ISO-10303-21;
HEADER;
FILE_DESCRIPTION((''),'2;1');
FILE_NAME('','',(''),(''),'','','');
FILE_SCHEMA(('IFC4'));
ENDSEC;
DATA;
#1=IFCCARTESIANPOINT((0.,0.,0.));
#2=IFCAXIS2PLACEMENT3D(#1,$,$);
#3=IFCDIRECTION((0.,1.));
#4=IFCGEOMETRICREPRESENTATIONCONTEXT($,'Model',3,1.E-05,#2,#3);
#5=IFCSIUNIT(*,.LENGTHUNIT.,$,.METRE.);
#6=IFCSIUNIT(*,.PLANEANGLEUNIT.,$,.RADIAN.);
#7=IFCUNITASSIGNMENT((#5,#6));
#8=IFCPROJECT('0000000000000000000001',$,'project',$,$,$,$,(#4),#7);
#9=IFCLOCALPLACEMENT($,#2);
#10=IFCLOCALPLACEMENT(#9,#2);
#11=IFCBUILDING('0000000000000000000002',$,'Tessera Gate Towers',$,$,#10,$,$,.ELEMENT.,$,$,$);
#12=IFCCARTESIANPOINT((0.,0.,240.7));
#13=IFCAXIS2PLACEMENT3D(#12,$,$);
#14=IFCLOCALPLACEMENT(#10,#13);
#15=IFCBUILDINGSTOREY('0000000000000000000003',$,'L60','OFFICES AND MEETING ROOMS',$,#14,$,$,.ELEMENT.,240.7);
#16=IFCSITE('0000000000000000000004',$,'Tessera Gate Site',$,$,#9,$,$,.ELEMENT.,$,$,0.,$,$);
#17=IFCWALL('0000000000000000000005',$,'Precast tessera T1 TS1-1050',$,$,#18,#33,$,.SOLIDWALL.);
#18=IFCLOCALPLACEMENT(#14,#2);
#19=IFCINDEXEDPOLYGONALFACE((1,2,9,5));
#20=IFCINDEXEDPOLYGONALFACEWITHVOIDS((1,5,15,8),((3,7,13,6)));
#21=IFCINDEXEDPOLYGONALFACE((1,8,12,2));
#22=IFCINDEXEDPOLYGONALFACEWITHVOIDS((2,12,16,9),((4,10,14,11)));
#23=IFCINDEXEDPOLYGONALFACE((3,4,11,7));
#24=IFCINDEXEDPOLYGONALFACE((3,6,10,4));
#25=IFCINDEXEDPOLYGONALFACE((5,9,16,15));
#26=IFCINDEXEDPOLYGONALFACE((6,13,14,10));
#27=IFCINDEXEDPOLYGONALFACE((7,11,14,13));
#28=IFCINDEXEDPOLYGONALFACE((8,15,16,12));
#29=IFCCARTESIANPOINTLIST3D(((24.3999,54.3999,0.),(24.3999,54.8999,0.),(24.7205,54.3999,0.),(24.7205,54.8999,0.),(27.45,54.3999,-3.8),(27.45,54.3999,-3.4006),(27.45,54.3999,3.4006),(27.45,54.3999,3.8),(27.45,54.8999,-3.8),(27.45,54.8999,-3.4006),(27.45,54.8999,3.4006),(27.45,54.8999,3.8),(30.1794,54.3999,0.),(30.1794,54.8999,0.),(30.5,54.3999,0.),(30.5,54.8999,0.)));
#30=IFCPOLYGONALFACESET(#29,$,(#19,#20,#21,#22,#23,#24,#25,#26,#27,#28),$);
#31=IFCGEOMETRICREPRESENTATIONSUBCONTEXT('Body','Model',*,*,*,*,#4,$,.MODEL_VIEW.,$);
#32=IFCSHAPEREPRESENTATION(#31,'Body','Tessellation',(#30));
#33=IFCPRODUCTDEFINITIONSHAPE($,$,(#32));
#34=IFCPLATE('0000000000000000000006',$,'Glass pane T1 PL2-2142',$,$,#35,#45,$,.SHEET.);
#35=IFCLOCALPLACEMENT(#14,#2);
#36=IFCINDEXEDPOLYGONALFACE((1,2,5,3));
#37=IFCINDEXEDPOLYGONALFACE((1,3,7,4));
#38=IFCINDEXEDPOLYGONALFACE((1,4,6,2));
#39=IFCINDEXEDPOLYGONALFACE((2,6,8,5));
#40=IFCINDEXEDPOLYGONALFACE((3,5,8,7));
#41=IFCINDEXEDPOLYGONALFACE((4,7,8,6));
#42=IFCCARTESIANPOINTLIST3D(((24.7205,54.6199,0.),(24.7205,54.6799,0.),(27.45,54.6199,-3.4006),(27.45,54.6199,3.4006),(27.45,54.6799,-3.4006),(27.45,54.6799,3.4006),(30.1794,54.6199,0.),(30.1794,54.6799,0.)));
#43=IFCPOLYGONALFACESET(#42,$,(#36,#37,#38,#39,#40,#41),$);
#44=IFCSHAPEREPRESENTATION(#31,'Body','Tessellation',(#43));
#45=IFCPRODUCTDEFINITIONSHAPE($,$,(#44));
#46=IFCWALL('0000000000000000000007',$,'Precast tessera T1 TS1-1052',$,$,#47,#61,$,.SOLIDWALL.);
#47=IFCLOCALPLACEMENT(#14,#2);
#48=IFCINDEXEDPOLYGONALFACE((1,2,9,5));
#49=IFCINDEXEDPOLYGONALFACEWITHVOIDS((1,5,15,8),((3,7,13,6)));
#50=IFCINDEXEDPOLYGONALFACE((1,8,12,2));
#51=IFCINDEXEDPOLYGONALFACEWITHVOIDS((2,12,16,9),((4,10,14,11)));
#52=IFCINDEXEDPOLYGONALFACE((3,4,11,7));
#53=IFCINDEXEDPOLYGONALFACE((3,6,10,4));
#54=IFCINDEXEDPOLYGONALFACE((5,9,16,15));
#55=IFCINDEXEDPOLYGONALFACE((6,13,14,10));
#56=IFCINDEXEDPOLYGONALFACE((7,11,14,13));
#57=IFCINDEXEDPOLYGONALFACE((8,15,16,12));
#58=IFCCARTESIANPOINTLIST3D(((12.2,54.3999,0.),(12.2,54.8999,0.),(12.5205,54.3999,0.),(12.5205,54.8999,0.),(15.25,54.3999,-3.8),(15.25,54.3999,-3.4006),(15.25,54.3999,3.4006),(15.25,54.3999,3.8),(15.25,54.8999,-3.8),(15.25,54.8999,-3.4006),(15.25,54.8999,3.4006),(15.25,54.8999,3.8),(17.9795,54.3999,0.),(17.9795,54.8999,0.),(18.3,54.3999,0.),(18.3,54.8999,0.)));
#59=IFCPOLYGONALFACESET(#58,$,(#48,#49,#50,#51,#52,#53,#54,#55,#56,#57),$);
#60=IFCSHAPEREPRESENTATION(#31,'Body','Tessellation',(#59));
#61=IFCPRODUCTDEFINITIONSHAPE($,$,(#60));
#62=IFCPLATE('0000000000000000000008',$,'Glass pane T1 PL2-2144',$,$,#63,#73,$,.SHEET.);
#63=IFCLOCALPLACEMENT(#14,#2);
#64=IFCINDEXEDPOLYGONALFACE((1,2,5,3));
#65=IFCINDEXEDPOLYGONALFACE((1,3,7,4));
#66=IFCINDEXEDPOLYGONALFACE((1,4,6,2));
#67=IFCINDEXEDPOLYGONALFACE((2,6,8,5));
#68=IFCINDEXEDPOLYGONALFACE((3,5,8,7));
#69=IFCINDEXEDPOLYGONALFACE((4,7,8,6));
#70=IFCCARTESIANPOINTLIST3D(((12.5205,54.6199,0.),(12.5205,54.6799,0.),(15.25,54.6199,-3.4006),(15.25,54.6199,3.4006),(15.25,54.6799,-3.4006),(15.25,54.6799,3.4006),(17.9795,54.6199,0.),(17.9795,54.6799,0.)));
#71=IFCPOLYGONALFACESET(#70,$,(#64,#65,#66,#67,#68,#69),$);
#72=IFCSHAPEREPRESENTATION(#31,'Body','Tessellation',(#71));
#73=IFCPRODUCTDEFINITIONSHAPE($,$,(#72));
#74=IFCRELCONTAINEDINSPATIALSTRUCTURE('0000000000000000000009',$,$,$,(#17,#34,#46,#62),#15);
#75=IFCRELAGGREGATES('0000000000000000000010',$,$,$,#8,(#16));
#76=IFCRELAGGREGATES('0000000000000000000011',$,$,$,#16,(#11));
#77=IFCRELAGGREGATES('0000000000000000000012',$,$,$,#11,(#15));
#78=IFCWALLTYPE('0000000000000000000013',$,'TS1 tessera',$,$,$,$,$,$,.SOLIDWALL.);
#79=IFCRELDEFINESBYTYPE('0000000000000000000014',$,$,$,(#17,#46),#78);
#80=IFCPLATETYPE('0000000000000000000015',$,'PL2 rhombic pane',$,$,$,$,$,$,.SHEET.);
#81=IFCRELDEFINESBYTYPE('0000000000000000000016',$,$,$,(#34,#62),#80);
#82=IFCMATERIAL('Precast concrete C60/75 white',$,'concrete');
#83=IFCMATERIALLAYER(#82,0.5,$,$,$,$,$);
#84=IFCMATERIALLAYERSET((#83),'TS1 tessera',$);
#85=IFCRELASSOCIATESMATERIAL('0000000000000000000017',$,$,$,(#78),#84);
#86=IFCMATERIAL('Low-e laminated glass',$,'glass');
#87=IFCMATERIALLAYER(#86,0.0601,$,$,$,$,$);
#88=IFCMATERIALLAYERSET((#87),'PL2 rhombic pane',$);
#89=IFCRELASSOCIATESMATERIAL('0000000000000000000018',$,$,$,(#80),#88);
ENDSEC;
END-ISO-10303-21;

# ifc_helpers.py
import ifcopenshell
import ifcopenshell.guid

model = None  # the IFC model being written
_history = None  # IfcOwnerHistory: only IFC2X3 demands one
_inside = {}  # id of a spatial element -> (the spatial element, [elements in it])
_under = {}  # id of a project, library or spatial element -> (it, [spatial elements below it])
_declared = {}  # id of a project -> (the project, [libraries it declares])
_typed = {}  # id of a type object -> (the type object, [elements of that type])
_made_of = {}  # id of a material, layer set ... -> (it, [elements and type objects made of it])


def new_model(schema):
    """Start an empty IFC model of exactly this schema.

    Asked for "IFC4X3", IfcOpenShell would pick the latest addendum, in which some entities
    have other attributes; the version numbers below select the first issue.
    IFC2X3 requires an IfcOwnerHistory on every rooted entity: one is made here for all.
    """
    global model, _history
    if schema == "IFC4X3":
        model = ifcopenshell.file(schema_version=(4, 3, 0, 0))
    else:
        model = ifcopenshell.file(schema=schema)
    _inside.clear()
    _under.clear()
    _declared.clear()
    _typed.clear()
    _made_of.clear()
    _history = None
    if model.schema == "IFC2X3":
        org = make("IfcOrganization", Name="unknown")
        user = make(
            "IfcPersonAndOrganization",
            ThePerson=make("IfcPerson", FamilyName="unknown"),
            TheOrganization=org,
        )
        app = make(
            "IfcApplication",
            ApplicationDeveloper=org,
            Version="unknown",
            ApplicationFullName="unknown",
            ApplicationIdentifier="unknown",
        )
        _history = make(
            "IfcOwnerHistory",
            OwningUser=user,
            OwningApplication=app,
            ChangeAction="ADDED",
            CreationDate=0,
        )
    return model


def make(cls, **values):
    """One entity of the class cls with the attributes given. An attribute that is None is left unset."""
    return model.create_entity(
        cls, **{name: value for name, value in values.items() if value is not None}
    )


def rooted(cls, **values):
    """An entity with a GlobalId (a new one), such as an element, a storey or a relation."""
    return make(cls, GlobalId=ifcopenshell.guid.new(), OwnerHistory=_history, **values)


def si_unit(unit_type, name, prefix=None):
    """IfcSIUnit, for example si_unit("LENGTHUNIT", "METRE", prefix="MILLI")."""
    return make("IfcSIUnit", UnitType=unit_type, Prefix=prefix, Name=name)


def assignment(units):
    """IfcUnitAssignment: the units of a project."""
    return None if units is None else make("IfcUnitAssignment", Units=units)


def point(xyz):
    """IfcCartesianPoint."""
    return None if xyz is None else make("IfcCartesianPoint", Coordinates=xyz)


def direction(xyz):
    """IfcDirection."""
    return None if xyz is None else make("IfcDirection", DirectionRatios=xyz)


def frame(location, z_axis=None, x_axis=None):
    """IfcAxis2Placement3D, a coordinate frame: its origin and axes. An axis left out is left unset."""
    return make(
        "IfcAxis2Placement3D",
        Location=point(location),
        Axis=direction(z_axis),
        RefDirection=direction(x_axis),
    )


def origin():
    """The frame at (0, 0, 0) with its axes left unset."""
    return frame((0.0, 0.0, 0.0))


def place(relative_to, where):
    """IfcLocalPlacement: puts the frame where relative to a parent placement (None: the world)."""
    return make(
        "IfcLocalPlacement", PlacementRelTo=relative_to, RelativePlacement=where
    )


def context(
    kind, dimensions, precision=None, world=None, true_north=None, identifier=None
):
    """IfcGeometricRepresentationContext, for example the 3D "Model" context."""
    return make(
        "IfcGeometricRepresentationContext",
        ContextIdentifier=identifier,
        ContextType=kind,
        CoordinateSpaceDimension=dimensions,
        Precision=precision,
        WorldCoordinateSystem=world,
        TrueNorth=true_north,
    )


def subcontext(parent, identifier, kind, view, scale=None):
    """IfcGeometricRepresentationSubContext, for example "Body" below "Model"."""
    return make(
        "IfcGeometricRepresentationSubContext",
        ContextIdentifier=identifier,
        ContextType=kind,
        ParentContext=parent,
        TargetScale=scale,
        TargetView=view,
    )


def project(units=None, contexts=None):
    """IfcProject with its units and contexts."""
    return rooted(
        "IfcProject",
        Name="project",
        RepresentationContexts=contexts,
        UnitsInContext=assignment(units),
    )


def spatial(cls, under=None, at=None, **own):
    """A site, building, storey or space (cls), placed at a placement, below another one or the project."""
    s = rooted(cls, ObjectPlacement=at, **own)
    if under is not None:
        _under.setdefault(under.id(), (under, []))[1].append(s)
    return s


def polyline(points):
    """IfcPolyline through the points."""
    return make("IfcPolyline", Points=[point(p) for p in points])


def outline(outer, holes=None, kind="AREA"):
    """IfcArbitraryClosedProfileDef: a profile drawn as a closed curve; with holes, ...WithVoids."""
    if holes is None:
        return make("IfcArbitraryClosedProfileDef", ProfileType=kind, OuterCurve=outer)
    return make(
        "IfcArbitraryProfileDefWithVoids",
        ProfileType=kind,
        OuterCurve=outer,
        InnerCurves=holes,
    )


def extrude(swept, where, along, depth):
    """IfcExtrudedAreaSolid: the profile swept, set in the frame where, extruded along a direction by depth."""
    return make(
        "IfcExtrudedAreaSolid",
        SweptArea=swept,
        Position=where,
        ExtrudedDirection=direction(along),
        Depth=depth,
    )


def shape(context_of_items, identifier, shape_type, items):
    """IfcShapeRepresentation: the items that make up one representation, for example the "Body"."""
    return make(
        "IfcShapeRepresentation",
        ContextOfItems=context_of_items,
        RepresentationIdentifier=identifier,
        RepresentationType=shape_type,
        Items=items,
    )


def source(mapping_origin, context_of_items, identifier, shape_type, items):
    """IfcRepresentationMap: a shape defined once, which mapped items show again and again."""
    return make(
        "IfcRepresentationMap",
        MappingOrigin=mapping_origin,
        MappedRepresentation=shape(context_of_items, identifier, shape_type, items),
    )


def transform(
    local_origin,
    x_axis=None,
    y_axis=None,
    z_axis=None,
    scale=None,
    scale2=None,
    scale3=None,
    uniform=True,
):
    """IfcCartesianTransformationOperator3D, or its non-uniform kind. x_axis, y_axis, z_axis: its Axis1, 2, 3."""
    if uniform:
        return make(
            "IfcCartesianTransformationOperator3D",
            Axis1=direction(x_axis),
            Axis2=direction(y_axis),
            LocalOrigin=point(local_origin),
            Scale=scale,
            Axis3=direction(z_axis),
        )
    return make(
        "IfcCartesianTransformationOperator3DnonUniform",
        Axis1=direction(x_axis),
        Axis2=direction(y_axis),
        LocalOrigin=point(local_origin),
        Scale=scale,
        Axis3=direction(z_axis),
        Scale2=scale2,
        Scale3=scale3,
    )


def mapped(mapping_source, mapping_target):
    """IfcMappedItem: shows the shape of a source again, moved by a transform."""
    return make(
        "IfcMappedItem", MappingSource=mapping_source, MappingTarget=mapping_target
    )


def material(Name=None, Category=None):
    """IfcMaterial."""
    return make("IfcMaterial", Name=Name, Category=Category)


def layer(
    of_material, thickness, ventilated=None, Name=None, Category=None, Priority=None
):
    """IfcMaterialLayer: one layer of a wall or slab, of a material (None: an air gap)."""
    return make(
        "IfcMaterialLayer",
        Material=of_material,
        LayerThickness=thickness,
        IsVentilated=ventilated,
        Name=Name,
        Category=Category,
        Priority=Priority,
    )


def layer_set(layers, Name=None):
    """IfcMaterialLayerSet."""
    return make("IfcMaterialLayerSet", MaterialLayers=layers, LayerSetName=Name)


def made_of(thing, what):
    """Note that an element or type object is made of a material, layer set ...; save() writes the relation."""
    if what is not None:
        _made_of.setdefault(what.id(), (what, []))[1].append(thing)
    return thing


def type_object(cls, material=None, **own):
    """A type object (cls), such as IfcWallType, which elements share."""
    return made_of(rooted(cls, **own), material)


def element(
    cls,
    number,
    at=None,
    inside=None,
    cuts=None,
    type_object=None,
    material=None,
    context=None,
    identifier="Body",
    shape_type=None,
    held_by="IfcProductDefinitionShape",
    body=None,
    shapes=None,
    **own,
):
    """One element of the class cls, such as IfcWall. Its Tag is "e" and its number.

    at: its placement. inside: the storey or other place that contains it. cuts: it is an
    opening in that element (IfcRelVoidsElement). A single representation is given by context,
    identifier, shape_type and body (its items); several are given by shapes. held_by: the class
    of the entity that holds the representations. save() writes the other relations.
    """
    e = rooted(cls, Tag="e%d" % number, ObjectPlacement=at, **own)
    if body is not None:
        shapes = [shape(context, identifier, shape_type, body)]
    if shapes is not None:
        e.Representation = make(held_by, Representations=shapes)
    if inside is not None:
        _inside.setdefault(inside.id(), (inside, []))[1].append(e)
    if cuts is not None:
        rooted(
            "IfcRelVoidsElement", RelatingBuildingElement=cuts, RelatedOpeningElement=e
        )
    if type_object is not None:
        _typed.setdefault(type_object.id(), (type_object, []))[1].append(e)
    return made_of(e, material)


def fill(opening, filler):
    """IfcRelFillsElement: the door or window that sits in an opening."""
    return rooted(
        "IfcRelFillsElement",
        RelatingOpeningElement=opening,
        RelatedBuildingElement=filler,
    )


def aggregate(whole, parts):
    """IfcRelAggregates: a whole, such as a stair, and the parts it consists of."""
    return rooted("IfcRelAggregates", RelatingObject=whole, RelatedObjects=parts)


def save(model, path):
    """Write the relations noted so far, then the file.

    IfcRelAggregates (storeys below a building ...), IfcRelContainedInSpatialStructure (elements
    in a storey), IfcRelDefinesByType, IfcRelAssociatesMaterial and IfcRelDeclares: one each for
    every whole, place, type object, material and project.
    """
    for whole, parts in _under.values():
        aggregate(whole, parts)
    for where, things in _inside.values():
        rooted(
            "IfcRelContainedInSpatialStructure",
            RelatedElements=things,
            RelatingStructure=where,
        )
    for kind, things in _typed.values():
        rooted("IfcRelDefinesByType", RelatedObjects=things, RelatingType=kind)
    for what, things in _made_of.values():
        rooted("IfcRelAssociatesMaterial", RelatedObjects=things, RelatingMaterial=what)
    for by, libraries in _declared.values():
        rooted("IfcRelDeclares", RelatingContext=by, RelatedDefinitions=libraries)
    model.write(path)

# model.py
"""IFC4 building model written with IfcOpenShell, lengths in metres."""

from ifc_helpers import new_model, si_unit, direction, frame, origin, place, context, subcontext, project, spatial, polyline, outline, extrude, source, transform, mapped, material, layer, layer_set, type_object, element, fill, save


model = new_model("IFC4")

# Units and contexts
model_context = context("Model", 3, precision=1e-05, world=origin(), true_north=direction((0.0, 1.0)))
body_context = subcontext(model_context, "Body", "Model", "MODEL_VIEW")
ifc_project = project(units=[si_unit("LENGTHUNIT", "METRE"), si_unit("PLANEANGLEUNIT", "RADIAN")], contexts=[model_context])

# Site, building, storey
site_placement = place(None, origin())
site = spatial("IfcSite", under=ifc_project, at=site_placement, Name="Tessera Gate Site", CompositionType="ELEMENT", RefElevation=0.0)
building_placement = place(site_placement, origin())
building = spatial("IfcBuilding", under=site, at=building_placement, Name="Tessera Gate Towers", CompositionType="ELEMENT")
storey_placement = place(building_placement, frame((0.0, 0.0, 240.7)))
storey = spatial("IfcBuildingStorey", under=building, at=storey_placement, Name="L60", Description="OFFICES AND MEETING ROOMS", CompositionType="ELEMENT", Elevation=240.7)

# Walls, openings, plates
ifc_material_1 = material(Name="Precast concrete C60/75 white", Category="concrete")
ifc_layer_1 = layer(ifc_material_1, 0.5)
ifc_layer_set_1 = layer_set([ifc_layer_1], Name="TS1 tessera")
wall_type_1 = type_object("IfcWallType", Name="TS1 tessera", PredefinedType="SOLIDWALL", material=ifc_layer_set_1)
shared_shape_1 = source(origin(), body_context, "Body", "SweptSolid", [
    extrude(outline(polyline([(3.05, 0.0), (6.1001, 3.8), (3.05, 7.6001), (0.0, 3.8), (3.05, 0.0)])), frame((0.0, 0.25, 0.0), z_axis=(0.0, -1.0, 0.0), x_axis=(1.0, 0.0, 0.0)), (0.0, 0.0, 1.0), 0.5),
])
wall_1_placement = place(storey_placement, frame((30.5, 54.6499, -3.8), z_axis=(0.0, 0.0, 1.0), x_axis=(-1.0, 0.0, 0.0)))
wall_1 = element("IfcWall", 1, at=wall_1_placement, inside=storey, type_object=wall_type_1, Name="Precast tessera T1 TS1-1050", PredefinedType="SOLIDWALL", context=body_context, shape_type="MappedRepresentation", body=[
    mapped(shared_shape_1, transform((0.0, 0.0, 0.0), scale=1.0)),
])
shared_shape_2 = source(origin(), body_context, "Body", "SweptSolid", [
    extrude(outline(polyline([(3.05, 0.3994), (5.7795, 3.8), (3.05, 7.2007), (0.3206, 3.8), (3.05, 0.3994)])), frame((0.0, 0.26, 0.0), z_axis=(0.0, -1.0, 0.0), x_axis=(1.0, 0.0, 0.0)), (0.0, 0.0, 1.0), 0.52),
])
opening_1_placement = place(wall_1_placement, origin())
opening_1 = element("IfcOpeningElement", 2, at=opening_1_placement, cuts=wall_1, PredefinedType="OPENING", context=body_context, shape_type="MappedRepresentation", body=[
    mapped(shared_shape_2, transform((0.0, 0.0, 0.0), scale=1.0)),
])
ifc_material_2 = material(Name="Low-e laminated glass", Category="glass")
ifc_layer_2 = layer(ifc_material_2, 0.0601)
ifc_layer_set_2 = layer_set([ifc_layer_2], Name="PL2 rhombic pane")
plate_type = type_object("IfcPlateType", Name="PL2 rhombic pane", PredefinedType="SHEET", material=ifc_layer_set_2)
shared_shape_3 = source(origin(), body_context, "Body", "SweptSolid", [
    extrude(outline(polyline([(3.05, 0.3994), (5.7795, 3.8), (3.05, 7.2007), (0.3206, 3.8), (3.05, 0.3994)])), frame((0.0, 0.03, 0.0), z_axis=(0.0, -1.0, 0.0), x_axis=(1.0, 0.0, 0.0)), (0.0, 0.0, 1.0), 0.0601),
])
plate_1_placement = place(opening_1_placement, origin())
plate_1 = element("IfcPlate", 3, at=plate_1_placement, inside=storey, type_object=plate_type, Name="Glass pane T1 PL2-2142", PredefinedType="SHEET", context=body_context, shape_type="MappedRepresentation", body=[
    mapped(shared_shape_3, transform((0.0, 0.0, 0.0), scale=1.0)),
])
fill(opening_1, plate_1)
wall_2_placement = place(storey_placement, frame((18.3, 54.6499, -3.8), z_axis=(0.0, 0.0, 1.0), x_axis=(-1.0, 0.0, 0.0)))
wall_2 = element("IfcWall", 4, at=wall_2_placement, inside=storey, type_object=wall_type_1, Name="Precast tessera T1 TS1-1052", PredefinedType="SOLIDWALL", context=body_context, shape_type="MappedRepresentation", body=[
    mapped(shared_shape_1, transform((0.0, 0.0, 0.0), scale=1.0)),
])
opening_2_placement = place(wall_2_placement, origin())
opening_2 = element("IfcOpeningElement", 5, at=opening_2_placement, cuts=wall_2, PredefinedType="OPENING", context=body_context, shape_type="MappedRepresentation", body=[
    mapped(shared_shape_2, transform((0.0, 0.0, 0.0), scale=1.0)),
])
plate_2_placement = place(opening_2_placement, origin())
plate_2 = element("IfcPlate", 6, at=plate_2_placement, inside=storey, type_object=plate_type, Name="Glass pane T1 PL2-2144", PredefinedType="SHEET", context=body_context, shape_type="MappedRepresentation", body=[
    mapped(shared_shape_3, transform((0.0, 0.0, 0.0), scale=1.0)),
])
fill(opening_2, plate_2)

save(model, "model.ifc")
